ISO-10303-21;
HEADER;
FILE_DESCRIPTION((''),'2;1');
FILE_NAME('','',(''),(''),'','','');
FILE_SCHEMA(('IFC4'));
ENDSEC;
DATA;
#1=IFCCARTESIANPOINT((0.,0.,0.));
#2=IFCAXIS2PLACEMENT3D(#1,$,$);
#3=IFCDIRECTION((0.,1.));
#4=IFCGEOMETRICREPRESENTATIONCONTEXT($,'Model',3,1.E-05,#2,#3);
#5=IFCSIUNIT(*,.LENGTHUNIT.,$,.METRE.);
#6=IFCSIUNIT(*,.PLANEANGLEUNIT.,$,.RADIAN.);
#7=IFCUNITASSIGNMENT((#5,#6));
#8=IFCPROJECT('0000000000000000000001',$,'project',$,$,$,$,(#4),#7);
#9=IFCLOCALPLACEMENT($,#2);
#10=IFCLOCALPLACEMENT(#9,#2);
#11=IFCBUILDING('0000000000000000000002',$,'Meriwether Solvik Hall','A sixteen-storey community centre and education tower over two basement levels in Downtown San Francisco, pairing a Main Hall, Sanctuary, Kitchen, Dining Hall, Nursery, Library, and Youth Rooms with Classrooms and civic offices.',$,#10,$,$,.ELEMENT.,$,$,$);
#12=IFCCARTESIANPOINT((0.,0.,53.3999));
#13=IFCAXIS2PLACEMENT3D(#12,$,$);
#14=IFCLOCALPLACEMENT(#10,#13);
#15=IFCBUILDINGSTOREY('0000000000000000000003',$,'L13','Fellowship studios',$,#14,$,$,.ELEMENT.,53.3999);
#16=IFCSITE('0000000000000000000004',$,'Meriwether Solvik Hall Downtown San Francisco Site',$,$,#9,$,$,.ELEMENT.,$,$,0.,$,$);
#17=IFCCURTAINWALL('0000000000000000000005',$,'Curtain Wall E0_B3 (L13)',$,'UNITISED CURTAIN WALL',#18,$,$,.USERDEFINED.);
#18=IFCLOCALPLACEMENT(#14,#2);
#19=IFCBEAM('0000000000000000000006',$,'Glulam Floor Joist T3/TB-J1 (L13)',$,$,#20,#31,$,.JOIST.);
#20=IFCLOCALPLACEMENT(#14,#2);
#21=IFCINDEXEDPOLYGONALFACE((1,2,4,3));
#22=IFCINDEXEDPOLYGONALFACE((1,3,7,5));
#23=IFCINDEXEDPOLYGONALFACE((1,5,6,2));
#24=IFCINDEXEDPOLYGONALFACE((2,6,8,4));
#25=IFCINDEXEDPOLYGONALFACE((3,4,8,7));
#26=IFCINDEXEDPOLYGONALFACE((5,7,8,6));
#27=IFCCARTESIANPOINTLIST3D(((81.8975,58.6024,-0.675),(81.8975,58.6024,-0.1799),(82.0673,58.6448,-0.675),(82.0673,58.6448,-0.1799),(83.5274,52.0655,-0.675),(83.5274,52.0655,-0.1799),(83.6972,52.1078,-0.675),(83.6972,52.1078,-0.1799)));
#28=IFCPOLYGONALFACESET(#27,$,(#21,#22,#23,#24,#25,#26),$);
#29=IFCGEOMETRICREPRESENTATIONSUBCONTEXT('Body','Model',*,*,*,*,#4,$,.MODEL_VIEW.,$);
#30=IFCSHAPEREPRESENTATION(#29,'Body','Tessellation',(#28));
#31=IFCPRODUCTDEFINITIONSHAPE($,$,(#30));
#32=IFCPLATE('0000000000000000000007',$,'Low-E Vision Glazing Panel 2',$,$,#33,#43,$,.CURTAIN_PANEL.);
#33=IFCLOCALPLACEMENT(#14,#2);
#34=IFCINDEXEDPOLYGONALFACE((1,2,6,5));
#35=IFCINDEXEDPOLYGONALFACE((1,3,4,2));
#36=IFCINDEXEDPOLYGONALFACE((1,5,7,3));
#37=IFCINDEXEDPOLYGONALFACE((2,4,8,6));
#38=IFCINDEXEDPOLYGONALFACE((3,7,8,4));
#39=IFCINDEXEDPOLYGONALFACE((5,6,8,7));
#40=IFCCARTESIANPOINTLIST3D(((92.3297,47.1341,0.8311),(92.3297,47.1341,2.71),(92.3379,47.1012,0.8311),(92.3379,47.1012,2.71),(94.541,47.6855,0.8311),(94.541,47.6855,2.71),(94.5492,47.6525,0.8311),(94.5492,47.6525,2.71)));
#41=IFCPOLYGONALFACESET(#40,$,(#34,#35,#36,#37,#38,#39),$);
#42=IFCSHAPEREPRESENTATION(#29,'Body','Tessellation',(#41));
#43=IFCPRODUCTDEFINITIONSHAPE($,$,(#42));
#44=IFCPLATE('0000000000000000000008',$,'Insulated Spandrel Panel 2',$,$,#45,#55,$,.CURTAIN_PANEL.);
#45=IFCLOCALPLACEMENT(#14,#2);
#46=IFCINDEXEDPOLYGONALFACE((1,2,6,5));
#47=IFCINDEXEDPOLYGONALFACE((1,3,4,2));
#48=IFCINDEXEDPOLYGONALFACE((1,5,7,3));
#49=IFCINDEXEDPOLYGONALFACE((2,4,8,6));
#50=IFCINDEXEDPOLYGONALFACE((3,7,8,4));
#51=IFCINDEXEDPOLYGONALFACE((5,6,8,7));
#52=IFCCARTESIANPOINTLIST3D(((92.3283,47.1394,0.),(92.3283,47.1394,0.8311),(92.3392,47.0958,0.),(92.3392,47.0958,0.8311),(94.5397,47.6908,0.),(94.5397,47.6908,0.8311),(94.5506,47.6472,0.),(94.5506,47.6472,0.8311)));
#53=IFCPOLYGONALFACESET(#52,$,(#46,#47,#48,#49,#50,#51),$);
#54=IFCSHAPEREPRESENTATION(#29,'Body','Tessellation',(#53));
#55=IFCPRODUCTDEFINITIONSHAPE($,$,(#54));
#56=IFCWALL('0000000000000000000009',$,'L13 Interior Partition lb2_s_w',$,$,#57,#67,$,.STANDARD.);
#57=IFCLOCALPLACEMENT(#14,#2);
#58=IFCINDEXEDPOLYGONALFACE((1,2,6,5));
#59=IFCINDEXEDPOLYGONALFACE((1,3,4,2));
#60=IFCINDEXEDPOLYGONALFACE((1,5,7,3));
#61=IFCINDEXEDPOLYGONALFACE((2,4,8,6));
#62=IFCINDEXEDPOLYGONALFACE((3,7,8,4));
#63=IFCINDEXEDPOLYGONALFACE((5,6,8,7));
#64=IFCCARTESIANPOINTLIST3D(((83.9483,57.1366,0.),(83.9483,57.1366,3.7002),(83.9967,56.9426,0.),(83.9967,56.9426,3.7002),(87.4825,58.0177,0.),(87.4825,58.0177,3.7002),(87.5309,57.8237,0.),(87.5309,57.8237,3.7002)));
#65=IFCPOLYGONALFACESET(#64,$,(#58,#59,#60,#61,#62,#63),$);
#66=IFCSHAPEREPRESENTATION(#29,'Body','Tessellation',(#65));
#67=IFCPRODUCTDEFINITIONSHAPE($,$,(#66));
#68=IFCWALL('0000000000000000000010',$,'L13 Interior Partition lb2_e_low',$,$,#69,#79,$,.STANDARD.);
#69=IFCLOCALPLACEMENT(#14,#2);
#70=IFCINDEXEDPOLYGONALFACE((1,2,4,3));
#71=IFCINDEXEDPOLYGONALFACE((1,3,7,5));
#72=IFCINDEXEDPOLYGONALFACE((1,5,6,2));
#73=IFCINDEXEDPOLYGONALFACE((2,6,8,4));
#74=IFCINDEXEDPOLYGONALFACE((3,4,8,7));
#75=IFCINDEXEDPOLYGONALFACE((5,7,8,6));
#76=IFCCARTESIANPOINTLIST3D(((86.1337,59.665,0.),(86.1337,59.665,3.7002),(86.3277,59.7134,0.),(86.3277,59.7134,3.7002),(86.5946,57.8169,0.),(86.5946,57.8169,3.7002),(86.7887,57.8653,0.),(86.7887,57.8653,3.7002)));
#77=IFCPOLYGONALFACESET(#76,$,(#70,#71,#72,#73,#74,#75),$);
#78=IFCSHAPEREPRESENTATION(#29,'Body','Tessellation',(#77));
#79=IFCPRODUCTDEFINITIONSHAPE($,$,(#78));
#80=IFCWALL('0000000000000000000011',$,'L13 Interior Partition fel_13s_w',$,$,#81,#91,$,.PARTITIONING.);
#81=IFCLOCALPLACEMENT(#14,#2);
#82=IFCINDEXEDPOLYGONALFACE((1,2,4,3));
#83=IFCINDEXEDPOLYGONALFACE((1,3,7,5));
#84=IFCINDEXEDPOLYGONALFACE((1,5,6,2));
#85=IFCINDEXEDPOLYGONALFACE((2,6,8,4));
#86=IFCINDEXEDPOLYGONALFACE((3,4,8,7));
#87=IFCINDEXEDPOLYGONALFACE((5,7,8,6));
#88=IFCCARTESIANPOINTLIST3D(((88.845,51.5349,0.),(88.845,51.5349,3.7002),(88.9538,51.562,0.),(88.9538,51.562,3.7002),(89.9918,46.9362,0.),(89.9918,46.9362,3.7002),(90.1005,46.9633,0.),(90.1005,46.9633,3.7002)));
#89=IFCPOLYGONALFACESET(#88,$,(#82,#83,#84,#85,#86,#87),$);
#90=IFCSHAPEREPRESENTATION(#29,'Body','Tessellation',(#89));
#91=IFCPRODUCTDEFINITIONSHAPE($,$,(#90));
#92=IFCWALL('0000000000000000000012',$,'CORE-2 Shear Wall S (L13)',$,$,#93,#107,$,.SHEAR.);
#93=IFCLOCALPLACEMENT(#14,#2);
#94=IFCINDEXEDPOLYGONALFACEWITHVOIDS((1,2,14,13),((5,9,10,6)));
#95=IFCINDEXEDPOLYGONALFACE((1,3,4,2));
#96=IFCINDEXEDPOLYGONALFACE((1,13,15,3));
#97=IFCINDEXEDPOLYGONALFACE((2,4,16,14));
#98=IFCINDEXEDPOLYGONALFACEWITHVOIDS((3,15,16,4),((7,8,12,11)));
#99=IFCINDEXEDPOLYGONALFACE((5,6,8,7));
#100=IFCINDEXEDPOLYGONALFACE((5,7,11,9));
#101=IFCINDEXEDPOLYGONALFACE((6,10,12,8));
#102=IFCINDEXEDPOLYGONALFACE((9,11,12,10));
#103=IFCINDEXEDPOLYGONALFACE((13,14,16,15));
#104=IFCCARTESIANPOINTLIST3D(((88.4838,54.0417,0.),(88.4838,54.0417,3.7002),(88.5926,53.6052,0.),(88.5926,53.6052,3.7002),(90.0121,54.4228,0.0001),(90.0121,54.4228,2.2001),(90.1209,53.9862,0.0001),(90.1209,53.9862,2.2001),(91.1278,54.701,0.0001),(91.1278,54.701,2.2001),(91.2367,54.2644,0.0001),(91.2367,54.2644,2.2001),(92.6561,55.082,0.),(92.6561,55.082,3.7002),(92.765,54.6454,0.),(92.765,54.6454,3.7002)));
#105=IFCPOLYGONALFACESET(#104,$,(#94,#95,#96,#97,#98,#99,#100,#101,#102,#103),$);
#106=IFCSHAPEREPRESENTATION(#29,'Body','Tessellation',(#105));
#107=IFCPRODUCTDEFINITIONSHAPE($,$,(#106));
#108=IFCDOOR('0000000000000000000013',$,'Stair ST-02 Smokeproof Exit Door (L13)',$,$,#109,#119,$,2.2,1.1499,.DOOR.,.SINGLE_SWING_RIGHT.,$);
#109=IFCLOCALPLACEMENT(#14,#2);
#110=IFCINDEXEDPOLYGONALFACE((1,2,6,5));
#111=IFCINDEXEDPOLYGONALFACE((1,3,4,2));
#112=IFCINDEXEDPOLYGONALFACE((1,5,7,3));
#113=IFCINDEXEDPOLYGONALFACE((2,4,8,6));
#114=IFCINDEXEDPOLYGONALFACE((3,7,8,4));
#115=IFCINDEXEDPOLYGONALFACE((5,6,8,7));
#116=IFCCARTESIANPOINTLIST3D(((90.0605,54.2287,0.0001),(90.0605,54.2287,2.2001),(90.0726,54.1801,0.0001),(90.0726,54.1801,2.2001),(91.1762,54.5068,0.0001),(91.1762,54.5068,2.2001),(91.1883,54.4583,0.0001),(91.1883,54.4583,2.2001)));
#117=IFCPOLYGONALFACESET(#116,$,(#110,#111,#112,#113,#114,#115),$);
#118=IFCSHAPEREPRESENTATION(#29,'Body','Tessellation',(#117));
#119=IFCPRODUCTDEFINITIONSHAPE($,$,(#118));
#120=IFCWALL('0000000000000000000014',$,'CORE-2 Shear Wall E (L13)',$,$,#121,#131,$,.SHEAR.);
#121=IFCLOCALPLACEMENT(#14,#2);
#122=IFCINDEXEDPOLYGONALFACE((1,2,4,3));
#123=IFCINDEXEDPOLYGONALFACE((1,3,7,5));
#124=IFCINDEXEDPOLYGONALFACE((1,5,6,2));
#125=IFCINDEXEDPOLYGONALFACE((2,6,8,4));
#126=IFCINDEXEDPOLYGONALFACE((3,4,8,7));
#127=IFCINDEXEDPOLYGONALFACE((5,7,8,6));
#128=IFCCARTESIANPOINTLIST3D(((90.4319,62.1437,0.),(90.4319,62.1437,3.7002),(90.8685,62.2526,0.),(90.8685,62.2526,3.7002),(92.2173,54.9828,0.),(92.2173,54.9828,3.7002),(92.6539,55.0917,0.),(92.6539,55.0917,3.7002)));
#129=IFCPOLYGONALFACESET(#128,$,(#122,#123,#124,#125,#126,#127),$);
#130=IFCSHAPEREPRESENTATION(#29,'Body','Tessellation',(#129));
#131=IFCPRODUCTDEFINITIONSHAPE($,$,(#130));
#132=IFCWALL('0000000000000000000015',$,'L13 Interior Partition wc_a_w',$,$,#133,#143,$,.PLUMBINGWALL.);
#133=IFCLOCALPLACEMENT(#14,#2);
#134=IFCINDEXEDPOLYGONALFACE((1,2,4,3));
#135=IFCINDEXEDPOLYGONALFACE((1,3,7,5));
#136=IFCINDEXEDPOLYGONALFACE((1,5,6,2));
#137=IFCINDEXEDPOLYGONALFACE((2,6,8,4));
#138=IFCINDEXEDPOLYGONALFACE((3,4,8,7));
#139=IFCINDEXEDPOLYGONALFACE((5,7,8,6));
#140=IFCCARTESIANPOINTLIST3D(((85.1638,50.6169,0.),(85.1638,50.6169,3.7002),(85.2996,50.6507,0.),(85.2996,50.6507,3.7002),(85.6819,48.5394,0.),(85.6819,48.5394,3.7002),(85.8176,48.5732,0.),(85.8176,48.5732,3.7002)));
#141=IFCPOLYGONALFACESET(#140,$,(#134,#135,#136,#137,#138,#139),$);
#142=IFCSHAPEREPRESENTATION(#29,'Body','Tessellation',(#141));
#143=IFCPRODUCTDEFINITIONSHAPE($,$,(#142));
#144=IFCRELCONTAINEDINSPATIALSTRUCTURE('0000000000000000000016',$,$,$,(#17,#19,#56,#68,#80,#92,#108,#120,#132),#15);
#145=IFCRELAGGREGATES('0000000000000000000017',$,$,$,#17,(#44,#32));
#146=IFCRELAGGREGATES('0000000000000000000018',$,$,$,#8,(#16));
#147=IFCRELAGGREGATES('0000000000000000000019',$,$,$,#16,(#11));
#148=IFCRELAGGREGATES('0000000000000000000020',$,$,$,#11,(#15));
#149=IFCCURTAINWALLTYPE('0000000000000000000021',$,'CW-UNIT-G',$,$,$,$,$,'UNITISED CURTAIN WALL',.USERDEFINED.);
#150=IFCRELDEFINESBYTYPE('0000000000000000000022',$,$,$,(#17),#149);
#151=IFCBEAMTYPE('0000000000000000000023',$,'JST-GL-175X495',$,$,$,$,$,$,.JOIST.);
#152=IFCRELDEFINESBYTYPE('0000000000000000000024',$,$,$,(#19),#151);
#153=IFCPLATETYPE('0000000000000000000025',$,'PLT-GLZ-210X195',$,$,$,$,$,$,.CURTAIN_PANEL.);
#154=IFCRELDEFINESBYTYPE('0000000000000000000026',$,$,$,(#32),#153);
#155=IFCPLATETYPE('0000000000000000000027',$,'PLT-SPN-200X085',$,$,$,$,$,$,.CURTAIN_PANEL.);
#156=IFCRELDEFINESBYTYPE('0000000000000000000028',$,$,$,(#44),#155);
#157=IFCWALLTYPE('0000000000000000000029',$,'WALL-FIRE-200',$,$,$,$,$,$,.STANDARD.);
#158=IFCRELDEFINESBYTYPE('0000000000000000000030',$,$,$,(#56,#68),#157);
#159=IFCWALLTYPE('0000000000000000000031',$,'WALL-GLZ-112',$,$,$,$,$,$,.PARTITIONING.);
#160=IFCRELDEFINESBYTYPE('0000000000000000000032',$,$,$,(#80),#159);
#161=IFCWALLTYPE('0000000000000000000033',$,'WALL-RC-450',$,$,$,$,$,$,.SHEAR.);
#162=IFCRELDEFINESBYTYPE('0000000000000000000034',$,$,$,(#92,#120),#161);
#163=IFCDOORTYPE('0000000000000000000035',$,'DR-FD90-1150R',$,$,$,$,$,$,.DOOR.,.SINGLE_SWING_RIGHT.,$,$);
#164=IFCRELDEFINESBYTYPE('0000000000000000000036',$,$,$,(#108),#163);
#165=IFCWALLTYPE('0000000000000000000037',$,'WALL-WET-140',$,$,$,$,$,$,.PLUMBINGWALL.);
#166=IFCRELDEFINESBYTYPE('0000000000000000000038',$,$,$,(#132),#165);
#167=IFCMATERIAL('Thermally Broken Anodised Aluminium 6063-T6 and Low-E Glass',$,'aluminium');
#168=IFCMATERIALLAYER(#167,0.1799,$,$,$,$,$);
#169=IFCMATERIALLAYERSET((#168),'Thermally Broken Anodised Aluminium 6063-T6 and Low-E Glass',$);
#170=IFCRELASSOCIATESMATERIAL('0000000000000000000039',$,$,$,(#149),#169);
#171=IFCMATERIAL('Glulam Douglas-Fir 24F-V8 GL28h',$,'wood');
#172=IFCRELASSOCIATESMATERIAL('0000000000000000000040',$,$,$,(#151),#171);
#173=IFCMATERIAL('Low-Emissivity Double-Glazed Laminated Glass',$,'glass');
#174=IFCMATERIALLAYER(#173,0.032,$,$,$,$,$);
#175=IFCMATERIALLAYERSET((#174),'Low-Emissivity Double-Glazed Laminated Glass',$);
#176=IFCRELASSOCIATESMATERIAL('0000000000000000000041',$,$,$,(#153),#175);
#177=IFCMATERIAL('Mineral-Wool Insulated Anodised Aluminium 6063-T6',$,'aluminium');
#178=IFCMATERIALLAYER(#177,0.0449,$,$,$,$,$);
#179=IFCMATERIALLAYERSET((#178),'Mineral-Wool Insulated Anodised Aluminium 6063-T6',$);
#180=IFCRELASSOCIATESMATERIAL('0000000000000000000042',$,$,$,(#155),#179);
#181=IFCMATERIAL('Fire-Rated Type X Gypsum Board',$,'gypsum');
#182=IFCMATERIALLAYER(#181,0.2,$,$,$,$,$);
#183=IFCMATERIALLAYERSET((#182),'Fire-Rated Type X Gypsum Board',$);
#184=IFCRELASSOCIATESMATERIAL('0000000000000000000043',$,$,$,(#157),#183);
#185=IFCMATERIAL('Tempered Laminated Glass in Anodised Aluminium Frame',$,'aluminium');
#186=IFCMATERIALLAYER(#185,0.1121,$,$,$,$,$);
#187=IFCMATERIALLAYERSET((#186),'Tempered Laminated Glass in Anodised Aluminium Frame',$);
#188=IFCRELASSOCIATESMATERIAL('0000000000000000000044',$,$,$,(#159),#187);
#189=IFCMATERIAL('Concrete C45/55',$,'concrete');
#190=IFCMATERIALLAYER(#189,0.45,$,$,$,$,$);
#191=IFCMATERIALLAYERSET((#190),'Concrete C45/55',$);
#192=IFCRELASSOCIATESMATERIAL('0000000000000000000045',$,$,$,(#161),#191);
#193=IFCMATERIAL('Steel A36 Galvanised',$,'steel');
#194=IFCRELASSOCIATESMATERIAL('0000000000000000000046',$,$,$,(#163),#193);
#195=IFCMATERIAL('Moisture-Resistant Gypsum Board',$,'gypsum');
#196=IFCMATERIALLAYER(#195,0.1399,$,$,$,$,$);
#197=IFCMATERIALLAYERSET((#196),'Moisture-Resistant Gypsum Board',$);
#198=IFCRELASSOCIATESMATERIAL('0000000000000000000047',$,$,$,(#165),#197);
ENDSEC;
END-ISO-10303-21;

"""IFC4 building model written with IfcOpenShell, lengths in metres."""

from ifc_helpers import new_model, si_unit, direction, frame, frame_2d, origin, origin_2d, place, context, subcontext, project, spatial, rectangle, extrude, material, layer, layer_set, material_profile, profile_set, type_object, element, fill, aggregate, save


model = new_model("IFC4")

# Units and contexts
model_context = context("Model", 3, precision=1e-05, world=origin(), true_north=direction((0.0, 1.0)))
body_context = subcontext(model_context, "Body", "Model", "MODEL_VIEW")
ifc_project = project(units=[si_unit("LENGTHUNIT", "METRE"), si_unit("PLANEANGLEUNIT", "RADIAN")], contexts=[model_context])

# Site, building, storey
site_placement = place(None, origin())
site = spatial("IfcSite", under=ifc_project, at=site_placement, Name="Meriwether Solvik Hall Downtown San Francisco Site", CompositionType="ELEMENT", RefElevation=0.0)
building_placement = place(site_placement, origin())
building = spatial("IfcBuilding", under=site, at=building_placement, Name="Meriwether Solvik Hall", Description="A sixteen-storey community centre and education tower over two basement levels in Downtown San Francisco, pairing a Main Hall, Sanctuary, Kitchen, Dining Hall, Nursery, Library, and Youth Rooms with Classrooms and civic offices.", CompositionType="ELEMENT")
storey_placement = place(building_placement, frame((0.0, 0.0, 53.3999)))
storey = spatial("IfcBuildingStorey", under=building, at=storey_placement, Name="L13", Description="Fellowship studios", CompositionType="ELEMENT", Elevation=53.3999)

# Curtain wall
ifc_material_1 = material(Name="Thermally Broken Anodised Aluminium 6063-T6 and Low-E Glass", Category="aluminium")
ifc_layer_1 = layer(ifc_material_1, 0.1799)
ifc_layer_set_1 = layer_set([ifc_layer_1], Name="Thermally Broken Anodised Aluminium 6063-T6 and Low-E Glass")
curtain_wall_type = type_object("IfcCurtainWallType", Name="CW-UNIT-G", ElementType="UNITISED CURTAIN WALL", PredefinedType="USERDEFINED", material=ifc_layer_set_1)
curtain_wall_placement = place(storey_placement, origin())
curtain_wall = element("IfcCurtainWall", 1, at=curtain_wall_placement, inside=storey, type_object=curtain_wall_type, Name="Curtain Wall E0_B3 (L13)", ObjectType="UNITISED CURTAIN WALL", PredefinedType="USERDEFINED")

# Beam
ifc_material_2 = material(Name="Glulam Douglas-Fir 24F-V8 GL28h", Category="wood")
ifc_material_profile_1 = material_profile(ifc_material_2, rectangle(XDim=0.175, YDim=0.4951, at=origin_2d()), Name="GLJ-175X495")
ifc_profile_set_1 = profile_set([ifc_material_profile_1], Name="Glulam Douglas-Fir 24F-V8 GL28h")
beam_type_1 = type_object("IfcBeamType", Name="JST-GL-175X495", PredefinedType="JOIST", material=ifc_profile_set_1)
beam_1_placement = place(storey_placement, frame((83.6123, 52.0867, -0.4275), z_axis=(-0.24193, 0.970294, 0.0), x_axis=(-0.970294, -0.24193, 0.0)))
element("IfcBeam", 2, at=beam_1_placement, inside=storey, type_object=beam_type_1, Name="Glulam Floor Joist T3/TB-J1 (L13)", PredefinedType="JOIST", context=body_context, shape_type="SweptSolid", body=[
    extrude(rectangle(XDim=0.175, YDim=0.4951, at=origin_2d()), origin(), (0.0, 0.0, 1.0), 6.7371),
])

# Plates
ifc_material_3 = material(Name="Low-Emissivity Double-Glazed Laminated Glass", Category="glass")
ifc_layer_2 = layer(ifc_material_3, 0.032)
ifc_layer_set_2 = layer_set([ifc_layer_2], Name="Low-Emissivity Double-Glazed Laminated Glass")
plate_type_1 = type_object("IfcPlateType", Name="PLT-GLZ-210X195", PredefinedType="CURTAIN_PANEL", material=ifc_layer_set_2)
plate_1_placement = place(storey_placement, frame((93.4395, 47.3933, 0.8311), z_axis=(0.0, 0.0, 1.0), x_axis=(-0.970296, -0.241922, 0.0)))
plate_1 = element("IfcPlate", 3, at=plate_1_placement, type_object=plate_type_1, Name="Low-E Vision Glazing Panel 2", PredefinedType="CURTAIN_PANEL", context=body_context, shape_type="SweptSolid", body=[
    extrude(rectangle(XDim=2.2791, YDim=0.0339, at=origin_2d()), origin(), (0.0, 0.0, 1.0), 1.8789),
])
ifc_material_4 = material(Name="Mineral-Wool Insulated Anodised Aluminium 6063-T6", Category="aluminium")
ifc_layer_3 = layer(ifc_material_4, 0.0449)
ifc_layer_set_3 = layer_set([ifc_layer_3], Name="Mineral-Wool Insulated Anodised Aluminium 6063-T6")
plate_type_2 = type_object("IfcPlateType", Name="PLT-SPN-200X085", PredefinedType="CURTAIN_PANEL", material=ifc_layer_set_3)
plate_2_placement = place(storey_placement, frame((93.4395, 47.3933, 0.0), z_axis=(0.0, 0.0, 1.0), x_axis=(-0.970296, -0.241922, 0.0)))
plate_2 = element("IfcPlate", 4, at=plate_2_placement, type_object=plate_type_2, Name="Insulated Spandrel Panel 2", PredefinedType="CURTAIN_PANEL", context=body_context, shape_type="SweptSolid", body=[
    extrude(rectangle(XDim=2.2791, YDim=0.0449, at=origin_2d()), origin(), (0.0, 0.0, 1.0), 0.8311),
])
aggregate(curtain_wall, [plate_2, plate_1])

# Walls
ifc_material_5 = material(Name="Fire-Rated Type X Gypsum Board", Category="gypsum")
ifc_layer_4 = layer(ifc_material_5, 0.2)
ifc_layer_set_4 = layer_set([ifc_layer_4], Name="Fire-Rated Type X Gypsum Board")
wall_type_1 = type_object("IfcWallType", Name="WALL-FIRE-200", PredefinedType="STANDARD", material=ifc_layer_set_4)
wall_1_placement = place(storey_placement, frame((83.9724, 57.0396, 0.0), z_axis=(0.0, 0.0, 1.0), x_axis=(0.9703, 0.241905, 0.0)))
element("IfcWall", 5, at=wall_1_placement, inside=storey, type_object=wall_type_1, Name="L13 Interior Partition lb2_s_w", PredefinedType="STANDARD", context=body_context, shape_type="SweptSolid", body=[
    extrude(rectangle(XDim=3.6423, YDim=0.2, at=frame_2d((1.8213, 0.0))), origin(), (0.0, 0.0, 1.0), 3.7002),
])
wall_2_placement = place(storey_placement, frame((86.6917, 57.8411, 0.0), z_axis=(0.0, 0.0, 1.0), x_axis=(-0.241993, 0.970278, 0.0)))
element("IfcWall", 6, at=wall_2_placement, inside=storey, type_object=wall_type_1, Name="L13 Interior Partition lb2_e_low", PredefinedType="STANDARD", context=body_context, shape_type="SweptSolid", body=[
    extrude(rectangle(XDim=1.9048, YDim=0.2, at=frame_2d((0.9524, 0.0))), origin(), (0.0, 0.0, 1.0), 3.7002),
])
ifc_material_6 = material(Name="Tempered Laminated Glass in Anodised Aluminium Frame", Category="aluminium")
ifc_layer_5 = layer(ifc_material_6, 0.1121)
ifc_layer_set_5 = layer_set([ifc_layer_5], Name="Tempered Laminated Glass in Anodised Aluminium Frame")
wall_type_2 = type_object("IfcWallType", Name="WALL-GLZ-112", PredefinedType="PARTITIONING", material=ifc_layer_set_5)
wall_3_placement = place(storey_placement, frame((88.8994, 51.5483, 0.0), z_axis=(0.0, 0.0, 1.0), x_axis=(0.241954, -0.970288, 0.0)))
element("IfcWall", 7, at=wall_3_placement, inside=storey, type_object=wall_type_2, Name="L13 Interior Partition fel_13s_w", PredefinedType="PARTITIONING", context=body_context, shape_type="SweptSolid", body=[
    extrude(rectangle(XDim=4.7395, YDim=0.1121, at=frame_2d((2.3696, 0.0))), origin(), (0.0, 0.0, 1.0), 3.7002),
])

# Wall, opening, door
ifc_material_7 = material(Name="Concrete C45/55", Category="concrete")
ifc_layer_6 = layer(ifc_material_7, 0.45)
ifc_layer_set_6 = layer_set([ifc_layer_6], Name="Concrete C45/55")
wall_type_3 = type_object("IfcWallType", Name="WALL-RC-450", PredefinedType="SHEAR", material=ifc_layer_set_6)
wall_4_placement = place(storey_placement, frame((88.5383, 53.8235, 0.0), z_axis=(0.0, 0.0, 1.0), x_axis=(0.970296, 0.241921, 0.0)))
wall_4 = element("IfcWall", 8, at=wall_4_placement, inside=storey, type_object=wall_type_3, Name="CORE-2 Shear Wall S (L13)", PredefinedType="SHEAR", context=body_context, shape_type="SweptSolid", body=[
    extrude(rectangle(XDim=4.3, YDim=0.45, at=frame_2d((2.1499, 0.0))), origin(), (0.0, 0.0, 1.0), 3.7002),
])
opening_1_placement = place(wall_4_placement, frame((1.575, 0.0, 0.0)))
opening_1 = element("IfcOpeningElement", 9, at=opening_1_placement, cuts=wall_4, PredefinedType="OPENING", context=body_context, shape_type="SweptSolid", body=[
    extrude(rectangle(XDim=1.1499, YDim=2.2, at=frame_2d((0.575, 1.1001))), frame((0.0, 0.2368, 0.0), z_axis=(0.0, -1.0, 0.0), x_axis=(1.0, 0.0, 0.0)), (0.0, 0.0, 1.0), 0.4739),
])
ifc_material_8 = material(Name="Steel A36 Galvanised", Category="steel")
door_type_1 = type_object("IfcDoorType", Name="DR-FD90-1150R", OperationType="SINGLE_SWING_RIGHT", PredefinedType="DOOR", material=ifc_material_8)
door_1_placement = place(opening_1_placement, origin())
door_1 = element("IfcDoor", 10, at=door_1_placement, inside=storey, type_object=door_type_1, Name="Stair ST-02 Smokeproof Exit Door (L13)", OperationType="SINGLE_SWING_RIGHT", OverallHeight=2.2, OverallWidth=1.1499, PredefinedType="DOOR", context=body_context, shape_type="SweptSolid", body=[
    extrude(rectangle(XDim=1.1499, YDim=2.2, at=frame_2d((0.575, 1.1001))), frame((0.0, 0.0249, 0.0), z_axis=(0.0, -1.0, 0.0), x_axis=(1.0, 0.0, 0.0)), (0.0, 0.0, 1.0), 0.05),
])
fill(opening_1, door_1)

# Wall
wall_5_placement = place(storey_placement, frame((92.4355, 55.0374, 0.0), z_axis=(0.0, 0.0, 1.0), x_axis=(-0.241921, 0.970296, 0.0)))
element("IfcWall", 11, at=wall_5_placement, inside=storey, type_object=wall_type_3, Name="CORE-2 Shear Wall E (L13)", PredefinedType="SHEAR", context=body_context, shape_type="SweptSolid", body=[
    extrude(rectangle(XDim=7.3801, YDim=0.45, at=frame_2d((3.6899, 0.0))), origin(), (0.0, 0.0, 1.0), 3.7002),
])

# Shared definitions
ifc_material_9 = material(Name="Moisture-Resistant Gypsum Board", Category="gypsum")
ifc_layer_7 = layer(ifc_material_9, 0.1399)
ifc_layer_set_7 = layer_set([ifc_layer_7], Name="Moisture-Resistant Gypsum Board")
wall_type_4 = type_object("IfcWallType", Name="WALL-WET-140", PredefinedType="PLUMBINGWALL", material=ifc_layer_set_7)

# Wall
wall_6_placement = place(storey_placement, frame((85.2317, 50.6338, 0.0), z_axis=(0.0, 0.0, 1.0), x_axis=(0.241972, -0.970283, 0.0)))
element("IfcWall", 12, at=wall_6_placement, inside=storey, type_object=wall_type_4, Name="L13 Interior Partition wc_a_w", PredefinedType="PLUMBINGWALL", context=body_context, shape_type="SweptSolid", body=[
    extrude(rectangle(XDim=2.1411, YDim=0.1399, at=frame_2d((1.0706, 0.0))), origin(), (0.0, 0.0, 1.0), 3.7002),
])

save(model, "model.ifc")
